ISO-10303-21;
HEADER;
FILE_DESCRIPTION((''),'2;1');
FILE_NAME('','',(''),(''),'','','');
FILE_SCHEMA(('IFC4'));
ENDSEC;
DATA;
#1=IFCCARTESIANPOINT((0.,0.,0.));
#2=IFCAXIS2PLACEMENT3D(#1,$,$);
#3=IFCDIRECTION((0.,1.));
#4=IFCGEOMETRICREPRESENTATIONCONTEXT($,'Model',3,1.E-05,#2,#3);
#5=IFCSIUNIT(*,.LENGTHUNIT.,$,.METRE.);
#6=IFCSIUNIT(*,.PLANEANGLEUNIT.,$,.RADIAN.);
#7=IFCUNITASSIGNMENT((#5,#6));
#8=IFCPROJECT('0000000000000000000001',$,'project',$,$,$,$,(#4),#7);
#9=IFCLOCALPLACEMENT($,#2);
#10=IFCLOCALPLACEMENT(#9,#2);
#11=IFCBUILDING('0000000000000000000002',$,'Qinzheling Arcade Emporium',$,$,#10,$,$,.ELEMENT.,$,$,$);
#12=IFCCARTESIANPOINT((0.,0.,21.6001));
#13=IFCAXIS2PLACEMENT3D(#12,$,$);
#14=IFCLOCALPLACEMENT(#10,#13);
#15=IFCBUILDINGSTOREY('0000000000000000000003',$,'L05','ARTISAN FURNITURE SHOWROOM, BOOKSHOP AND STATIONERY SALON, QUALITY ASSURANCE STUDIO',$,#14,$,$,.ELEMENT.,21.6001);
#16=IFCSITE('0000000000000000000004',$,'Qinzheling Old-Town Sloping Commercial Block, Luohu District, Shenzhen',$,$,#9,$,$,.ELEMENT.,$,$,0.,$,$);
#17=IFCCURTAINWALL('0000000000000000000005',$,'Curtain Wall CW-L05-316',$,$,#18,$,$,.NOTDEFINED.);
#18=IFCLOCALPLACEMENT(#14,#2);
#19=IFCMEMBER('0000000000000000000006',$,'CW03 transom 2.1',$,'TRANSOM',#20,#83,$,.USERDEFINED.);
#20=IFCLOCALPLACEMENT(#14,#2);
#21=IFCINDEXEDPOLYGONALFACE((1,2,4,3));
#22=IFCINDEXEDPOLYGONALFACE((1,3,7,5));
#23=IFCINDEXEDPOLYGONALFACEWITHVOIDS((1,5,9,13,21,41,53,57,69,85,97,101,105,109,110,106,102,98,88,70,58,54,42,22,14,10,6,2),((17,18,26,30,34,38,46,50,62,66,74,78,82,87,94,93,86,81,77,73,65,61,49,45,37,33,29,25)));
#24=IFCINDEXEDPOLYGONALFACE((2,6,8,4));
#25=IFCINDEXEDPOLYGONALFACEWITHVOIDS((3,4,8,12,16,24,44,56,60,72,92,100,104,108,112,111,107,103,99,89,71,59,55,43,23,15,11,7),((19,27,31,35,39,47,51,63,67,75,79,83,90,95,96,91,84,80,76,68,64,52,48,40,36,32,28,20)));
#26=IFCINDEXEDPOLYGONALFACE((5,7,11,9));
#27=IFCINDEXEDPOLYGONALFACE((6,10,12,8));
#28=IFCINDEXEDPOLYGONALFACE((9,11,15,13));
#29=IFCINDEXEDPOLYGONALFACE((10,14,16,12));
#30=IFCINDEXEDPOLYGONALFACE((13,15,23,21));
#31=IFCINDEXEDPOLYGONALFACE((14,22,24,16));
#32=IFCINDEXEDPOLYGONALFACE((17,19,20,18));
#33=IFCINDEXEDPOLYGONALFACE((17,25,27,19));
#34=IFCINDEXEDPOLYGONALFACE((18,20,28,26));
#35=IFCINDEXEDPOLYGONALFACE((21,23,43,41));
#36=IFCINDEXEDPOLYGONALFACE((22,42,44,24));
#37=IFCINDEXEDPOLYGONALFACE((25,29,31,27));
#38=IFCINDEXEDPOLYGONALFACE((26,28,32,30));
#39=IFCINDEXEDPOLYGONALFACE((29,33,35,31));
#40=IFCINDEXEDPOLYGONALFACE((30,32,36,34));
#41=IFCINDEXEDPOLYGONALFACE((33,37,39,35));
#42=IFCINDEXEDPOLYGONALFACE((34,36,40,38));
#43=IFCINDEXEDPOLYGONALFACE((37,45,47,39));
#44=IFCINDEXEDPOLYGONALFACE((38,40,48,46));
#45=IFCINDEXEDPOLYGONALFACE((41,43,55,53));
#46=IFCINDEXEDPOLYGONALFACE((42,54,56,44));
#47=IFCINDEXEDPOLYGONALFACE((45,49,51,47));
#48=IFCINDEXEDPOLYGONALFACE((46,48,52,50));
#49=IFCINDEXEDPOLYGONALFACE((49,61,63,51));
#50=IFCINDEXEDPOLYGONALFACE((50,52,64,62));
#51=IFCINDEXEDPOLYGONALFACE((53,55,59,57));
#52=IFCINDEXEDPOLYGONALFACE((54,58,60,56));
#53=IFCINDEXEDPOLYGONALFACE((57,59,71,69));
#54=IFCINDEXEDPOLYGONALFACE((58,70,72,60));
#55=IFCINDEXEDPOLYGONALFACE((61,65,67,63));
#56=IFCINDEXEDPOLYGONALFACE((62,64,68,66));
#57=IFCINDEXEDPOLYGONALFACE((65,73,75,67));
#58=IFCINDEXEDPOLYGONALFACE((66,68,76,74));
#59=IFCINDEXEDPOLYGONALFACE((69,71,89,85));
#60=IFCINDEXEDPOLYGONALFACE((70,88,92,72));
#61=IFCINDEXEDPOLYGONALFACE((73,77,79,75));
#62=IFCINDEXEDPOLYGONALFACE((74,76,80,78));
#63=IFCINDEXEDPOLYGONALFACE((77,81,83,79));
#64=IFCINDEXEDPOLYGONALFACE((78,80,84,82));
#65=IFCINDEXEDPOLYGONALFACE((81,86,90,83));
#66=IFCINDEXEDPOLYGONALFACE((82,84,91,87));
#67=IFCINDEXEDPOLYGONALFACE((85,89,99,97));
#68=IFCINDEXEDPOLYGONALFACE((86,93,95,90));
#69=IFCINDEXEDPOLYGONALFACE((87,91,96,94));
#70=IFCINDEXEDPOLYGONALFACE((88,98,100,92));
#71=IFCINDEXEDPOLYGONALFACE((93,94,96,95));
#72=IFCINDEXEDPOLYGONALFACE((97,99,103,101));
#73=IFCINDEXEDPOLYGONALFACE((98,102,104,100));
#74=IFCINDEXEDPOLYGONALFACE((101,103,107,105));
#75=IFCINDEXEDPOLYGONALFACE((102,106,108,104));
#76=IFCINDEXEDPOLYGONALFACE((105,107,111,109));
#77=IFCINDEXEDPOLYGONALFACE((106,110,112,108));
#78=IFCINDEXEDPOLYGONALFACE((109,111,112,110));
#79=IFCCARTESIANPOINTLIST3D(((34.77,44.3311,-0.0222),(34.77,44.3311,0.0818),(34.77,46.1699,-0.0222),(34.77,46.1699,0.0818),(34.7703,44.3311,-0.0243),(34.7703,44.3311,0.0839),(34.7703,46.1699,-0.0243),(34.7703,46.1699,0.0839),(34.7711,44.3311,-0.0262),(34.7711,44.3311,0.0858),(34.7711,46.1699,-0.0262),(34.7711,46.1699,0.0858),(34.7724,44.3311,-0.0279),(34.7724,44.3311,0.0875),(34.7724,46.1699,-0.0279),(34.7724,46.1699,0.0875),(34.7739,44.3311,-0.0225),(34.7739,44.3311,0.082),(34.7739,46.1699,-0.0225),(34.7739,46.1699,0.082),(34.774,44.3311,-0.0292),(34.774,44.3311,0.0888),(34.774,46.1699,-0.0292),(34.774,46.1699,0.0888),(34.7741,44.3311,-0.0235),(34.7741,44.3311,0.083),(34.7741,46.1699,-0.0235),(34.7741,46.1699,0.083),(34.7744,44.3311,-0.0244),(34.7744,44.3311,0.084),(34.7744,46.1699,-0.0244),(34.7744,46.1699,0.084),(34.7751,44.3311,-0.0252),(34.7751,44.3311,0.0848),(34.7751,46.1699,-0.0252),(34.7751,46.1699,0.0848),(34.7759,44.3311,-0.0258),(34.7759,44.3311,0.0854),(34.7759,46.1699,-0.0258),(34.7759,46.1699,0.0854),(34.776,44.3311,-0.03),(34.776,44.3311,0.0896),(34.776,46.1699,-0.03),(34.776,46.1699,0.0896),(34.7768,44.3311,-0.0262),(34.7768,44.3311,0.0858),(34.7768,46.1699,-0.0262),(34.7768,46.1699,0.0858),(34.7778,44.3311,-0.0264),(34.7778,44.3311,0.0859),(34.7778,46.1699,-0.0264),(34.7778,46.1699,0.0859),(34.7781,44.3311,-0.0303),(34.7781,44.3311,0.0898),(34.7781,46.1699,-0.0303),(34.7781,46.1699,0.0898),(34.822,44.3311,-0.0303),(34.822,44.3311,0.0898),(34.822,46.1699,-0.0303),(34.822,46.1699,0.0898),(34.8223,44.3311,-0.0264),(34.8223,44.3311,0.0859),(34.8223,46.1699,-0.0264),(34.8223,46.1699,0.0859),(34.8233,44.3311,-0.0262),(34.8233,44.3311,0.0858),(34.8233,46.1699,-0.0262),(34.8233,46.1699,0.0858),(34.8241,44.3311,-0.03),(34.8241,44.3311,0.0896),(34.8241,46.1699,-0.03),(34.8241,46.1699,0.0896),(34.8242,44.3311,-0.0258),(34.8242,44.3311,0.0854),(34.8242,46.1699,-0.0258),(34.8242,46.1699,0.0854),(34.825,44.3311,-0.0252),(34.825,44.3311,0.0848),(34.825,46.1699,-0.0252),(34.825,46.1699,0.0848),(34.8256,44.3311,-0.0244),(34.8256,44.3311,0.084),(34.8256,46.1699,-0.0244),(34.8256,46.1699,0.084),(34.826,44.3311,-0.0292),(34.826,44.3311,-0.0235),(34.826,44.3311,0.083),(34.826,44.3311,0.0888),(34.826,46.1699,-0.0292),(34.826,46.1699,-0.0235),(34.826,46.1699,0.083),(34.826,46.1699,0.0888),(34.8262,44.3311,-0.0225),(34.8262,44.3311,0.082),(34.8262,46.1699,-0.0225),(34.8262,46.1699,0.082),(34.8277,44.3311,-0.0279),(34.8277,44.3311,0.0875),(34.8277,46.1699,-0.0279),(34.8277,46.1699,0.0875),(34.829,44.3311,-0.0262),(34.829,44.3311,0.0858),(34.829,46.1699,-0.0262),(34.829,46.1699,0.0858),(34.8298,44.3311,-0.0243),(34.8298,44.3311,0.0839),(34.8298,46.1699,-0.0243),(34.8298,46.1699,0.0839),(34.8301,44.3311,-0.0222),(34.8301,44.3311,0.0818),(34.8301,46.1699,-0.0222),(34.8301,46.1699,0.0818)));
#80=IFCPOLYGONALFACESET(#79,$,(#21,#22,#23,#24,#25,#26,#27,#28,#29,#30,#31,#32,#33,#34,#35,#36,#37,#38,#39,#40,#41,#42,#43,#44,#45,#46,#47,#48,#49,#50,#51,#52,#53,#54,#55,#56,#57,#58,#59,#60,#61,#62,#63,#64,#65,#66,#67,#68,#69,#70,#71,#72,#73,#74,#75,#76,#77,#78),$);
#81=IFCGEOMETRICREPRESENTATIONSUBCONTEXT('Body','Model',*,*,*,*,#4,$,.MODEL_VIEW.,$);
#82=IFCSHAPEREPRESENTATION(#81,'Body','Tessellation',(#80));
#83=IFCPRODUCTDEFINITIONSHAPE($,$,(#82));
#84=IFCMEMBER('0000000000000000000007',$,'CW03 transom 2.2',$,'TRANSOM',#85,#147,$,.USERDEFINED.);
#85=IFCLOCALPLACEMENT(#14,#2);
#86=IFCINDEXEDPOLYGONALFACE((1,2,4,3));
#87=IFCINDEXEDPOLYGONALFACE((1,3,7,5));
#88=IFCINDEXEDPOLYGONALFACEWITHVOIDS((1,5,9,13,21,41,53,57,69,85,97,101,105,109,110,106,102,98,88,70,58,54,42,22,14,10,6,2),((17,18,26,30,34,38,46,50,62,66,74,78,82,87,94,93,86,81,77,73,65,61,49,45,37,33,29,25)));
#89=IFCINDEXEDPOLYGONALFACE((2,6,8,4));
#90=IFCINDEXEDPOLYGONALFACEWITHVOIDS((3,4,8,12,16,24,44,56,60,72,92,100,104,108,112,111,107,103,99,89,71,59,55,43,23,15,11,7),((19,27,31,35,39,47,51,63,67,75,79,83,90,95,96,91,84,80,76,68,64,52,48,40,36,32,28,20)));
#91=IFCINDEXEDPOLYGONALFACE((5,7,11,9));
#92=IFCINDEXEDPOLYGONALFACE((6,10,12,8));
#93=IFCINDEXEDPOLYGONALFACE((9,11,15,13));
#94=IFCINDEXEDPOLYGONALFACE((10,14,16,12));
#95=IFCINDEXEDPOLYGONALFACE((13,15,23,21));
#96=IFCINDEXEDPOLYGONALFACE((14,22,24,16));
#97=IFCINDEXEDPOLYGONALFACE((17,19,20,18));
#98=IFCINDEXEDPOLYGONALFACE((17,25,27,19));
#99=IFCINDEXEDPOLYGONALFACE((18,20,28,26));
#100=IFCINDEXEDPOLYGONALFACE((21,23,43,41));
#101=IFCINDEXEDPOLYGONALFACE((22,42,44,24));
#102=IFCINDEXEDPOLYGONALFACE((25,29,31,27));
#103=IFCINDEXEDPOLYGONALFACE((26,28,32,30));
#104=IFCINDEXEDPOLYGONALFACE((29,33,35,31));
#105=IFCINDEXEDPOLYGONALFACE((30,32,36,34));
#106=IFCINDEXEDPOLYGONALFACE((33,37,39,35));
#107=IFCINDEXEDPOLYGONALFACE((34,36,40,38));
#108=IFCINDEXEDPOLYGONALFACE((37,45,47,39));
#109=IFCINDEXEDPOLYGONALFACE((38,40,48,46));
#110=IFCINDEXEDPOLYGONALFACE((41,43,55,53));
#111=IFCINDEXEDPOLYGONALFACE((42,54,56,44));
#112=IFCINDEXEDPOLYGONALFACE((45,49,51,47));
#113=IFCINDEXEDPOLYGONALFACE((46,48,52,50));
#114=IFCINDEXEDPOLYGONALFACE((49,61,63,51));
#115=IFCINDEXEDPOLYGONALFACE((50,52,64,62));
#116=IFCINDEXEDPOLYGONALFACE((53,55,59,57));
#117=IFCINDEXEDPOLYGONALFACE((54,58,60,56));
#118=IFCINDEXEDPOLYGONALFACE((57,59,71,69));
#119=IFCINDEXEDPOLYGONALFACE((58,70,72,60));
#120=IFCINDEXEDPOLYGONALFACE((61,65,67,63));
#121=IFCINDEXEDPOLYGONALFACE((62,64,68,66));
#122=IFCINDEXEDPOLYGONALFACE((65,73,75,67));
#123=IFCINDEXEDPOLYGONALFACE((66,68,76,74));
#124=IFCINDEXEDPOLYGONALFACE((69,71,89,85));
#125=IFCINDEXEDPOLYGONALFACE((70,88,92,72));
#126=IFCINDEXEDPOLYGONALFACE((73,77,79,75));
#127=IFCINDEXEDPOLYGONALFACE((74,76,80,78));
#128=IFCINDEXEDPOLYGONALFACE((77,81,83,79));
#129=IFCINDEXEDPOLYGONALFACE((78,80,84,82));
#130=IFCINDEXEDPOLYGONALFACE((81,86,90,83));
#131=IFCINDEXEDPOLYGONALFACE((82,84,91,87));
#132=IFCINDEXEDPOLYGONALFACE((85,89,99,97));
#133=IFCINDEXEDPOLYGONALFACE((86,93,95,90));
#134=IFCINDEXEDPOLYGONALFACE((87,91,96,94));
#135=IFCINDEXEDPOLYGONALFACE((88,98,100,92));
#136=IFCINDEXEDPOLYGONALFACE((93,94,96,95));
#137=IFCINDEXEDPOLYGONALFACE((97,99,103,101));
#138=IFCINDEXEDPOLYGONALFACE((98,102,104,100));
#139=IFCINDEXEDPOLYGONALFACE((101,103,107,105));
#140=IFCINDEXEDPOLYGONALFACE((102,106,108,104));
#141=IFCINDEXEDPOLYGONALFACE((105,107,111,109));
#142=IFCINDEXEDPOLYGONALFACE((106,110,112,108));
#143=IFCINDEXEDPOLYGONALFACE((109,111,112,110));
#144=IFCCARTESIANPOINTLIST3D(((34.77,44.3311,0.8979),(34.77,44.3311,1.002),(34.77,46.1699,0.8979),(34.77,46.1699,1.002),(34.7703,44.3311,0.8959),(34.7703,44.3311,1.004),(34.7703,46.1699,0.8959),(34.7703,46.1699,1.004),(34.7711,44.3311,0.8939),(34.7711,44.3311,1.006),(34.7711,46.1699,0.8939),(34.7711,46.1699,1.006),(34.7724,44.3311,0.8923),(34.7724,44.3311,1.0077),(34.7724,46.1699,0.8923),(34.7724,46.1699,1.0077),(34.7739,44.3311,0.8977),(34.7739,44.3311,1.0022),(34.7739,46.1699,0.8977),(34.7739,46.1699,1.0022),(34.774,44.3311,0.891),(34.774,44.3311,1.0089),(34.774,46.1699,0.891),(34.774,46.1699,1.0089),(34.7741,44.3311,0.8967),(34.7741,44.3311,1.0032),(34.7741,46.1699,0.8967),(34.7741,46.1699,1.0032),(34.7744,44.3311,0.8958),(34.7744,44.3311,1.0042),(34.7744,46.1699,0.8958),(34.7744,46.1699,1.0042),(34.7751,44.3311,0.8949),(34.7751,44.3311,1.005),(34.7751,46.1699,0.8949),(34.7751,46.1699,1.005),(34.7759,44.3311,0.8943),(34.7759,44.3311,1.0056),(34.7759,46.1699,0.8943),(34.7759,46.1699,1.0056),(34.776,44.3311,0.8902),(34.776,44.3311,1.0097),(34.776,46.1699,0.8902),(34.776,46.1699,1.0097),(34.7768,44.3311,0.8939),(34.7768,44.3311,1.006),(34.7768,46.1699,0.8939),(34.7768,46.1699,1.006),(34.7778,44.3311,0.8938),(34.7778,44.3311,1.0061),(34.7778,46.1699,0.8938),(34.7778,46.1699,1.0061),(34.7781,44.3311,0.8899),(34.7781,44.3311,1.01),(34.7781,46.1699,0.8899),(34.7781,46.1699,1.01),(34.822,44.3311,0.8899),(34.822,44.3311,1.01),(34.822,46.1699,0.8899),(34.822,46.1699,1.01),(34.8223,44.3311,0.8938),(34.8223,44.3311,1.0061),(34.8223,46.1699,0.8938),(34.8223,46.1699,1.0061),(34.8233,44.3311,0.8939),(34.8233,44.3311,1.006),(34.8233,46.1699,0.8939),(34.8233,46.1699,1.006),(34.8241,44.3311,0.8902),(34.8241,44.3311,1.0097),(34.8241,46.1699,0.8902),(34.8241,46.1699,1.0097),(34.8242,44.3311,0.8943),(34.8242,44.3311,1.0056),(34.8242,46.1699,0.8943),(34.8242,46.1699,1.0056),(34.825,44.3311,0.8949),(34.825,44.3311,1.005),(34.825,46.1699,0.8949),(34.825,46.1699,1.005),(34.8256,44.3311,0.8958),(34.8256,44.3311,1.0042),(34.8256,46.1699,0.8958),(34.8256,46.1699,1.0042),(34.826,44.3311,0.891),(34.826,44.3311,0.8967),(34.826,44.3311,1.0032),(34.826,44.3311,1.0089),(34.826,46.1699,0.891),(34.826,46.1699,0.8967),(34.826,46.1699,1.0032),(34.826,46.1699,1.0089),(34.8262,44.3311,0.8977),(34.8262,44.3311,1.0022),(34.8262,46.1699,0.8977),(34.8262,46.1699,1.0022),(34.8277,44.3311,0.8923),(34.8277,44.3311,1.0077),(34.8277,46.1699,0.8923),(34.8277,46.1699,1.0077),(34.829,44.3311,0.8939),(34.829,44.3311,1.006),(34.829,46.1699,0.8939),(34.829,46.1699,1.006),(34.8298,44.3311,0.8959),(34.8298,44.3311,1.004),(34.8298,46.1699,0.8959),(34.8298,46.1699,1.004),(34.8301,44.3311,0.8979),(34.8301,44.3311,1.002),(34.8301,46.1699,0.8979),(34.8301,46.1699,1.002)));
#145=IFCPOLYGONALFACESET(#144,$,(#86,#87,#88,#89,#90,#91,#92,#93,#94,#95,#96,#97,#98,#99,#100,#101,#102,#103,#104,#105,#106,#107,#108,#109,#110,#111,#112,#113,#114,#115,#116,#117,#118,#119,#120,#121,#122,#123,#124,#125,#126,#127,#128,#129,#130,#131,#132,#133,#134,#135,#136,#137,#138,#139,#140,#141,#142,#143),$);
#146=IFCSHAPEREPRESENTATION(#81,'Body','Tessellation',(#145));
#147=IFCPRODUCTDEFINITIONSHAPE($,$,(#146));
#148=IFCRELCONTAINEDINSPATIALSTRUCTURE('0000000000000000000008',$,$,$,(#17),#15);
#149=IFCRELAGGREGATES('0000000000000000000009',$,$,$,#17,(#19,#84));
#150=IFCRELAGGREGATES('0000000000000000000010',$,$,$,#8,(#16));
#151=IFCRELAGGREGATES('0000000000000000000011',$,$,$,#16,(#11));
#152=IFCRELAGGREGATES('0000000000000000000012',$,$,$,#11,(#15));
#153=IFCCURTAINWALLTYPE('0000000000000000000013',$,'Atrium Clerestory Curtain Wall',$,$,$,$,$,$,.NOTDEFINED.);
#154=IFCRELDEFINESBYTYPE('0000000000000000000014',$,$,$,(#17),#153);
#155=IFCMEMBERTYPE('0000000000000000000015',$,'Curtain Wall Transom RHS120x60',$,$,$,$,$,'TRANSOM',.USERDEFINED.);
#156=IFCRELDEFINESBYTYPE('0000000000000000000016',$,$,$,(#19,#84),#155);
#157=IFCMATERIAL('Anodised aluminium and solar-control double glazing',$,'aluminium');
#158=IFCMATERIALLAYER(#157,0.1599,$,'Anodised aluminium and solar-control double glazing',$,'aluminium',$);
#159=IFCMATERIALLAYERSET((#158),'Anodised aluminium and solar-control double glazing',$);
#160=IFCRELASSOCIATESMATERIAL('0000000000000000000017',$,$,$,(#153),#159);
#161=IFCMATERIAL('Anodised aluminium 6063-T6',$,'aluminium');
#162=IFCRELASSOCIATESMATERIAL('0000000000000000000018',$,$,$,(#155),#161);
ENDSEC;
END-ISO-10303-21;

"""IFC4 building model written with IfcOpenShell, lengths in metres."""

from ifc_helpers import new_model, si_unit, direction, frame, origin, origin_2d, place, context, subcontext, project, spatial, hollow_rectangle, extrude, material, layer, layer_set, material_profile, profile_set, type_object, element, aggregate, save


model = new_model("IFC4")

# Units and contexts
model_context = context("Model", 3, precision=1e-05, world=origin(), true_north=direction((0.0, 1.0)))
body_context = subcontext(model_context, "Body", "Model", "MODEL_VIEW")
ifc_project = project(units=[si_unit("LENGTHUNIT", "METRE"), si_unit("PLANEANGLEUNIT", "RADIAN")], contexts=[model_context])

# Site, building, storey
site_placement = place(None, origin())
site = spatial("IfcSite", under=ifc_project, at=site_placement, Name="Qinzheling Old-Town Sloping Commercial Block, Luohu District, Shenzhen", CompositionType="ELEMENT", RefElevation=0.0)
building_placement = place(site_placement, origin())
building = spatial("IfcBuilding", under=site, at=building_placement, Name="Qinzheling Arcade Emporium", CompositionType="ELEMENT")
storey_placement = place(building_placement, frame((0.0, 0.0, 21.6001)))
storey = spatial("IfcBuildingStorey", under=building, at=storey_placement, Name="L05", Description="ARTISAN FURNITURE SHOWROOM, BOOKSHOP AND STATIONERY SALON, QUALITY ASSURANCE STUDIO", CompositionType="ELEMENT", Elevation=21.6001)

# Curtain wall
ifc_material_1 = material(Name="Anodised aluminium and solar-control double glazing", Category="aluminium")
ifc_layer_1 = layer(ifc_material_1, 0.1599, Name="Anodised aluminium and solar-control double glazing", Category="aluminium")
ifc_layer_set_1 = layer_set([ifc_layer_1], Name="Anodised aluminium and solar-control double glazing")
curtain_wall_type = type_object("IfcCurtainWallType", Name="Atrium Clerestory Curtain Wall", PredefinedType="NOTDEFINED", material=ifc_layer_set_1)
ifc_material_2 = material(Name="Anodised aluminium 6063-T6", Category="aluminium")
curtain_wall_1_placement = place(storey_placement, origin())
curtain_wall_1 = element("IfcCurtainWall", 1, at=curtain_wall_1_placement, inside=storey, type_object=curtain_wall_type, Name="Curtain Wall CW-L05-316", PredefinedType="NOTDEFINED")

# Members
ifc_material_profile_1 = material_profile(ifc_material_2, hollow_rectangle(XDim=0.0601, YDim=0.1201, WallThickness=0.0039, InnerFilletRadius=0.0039, OuterFilletRadius=0.0081, at=origin_2d()), Name="RHS 120x60x4", Category="aluminium")
ifc_profile_set_1 = profile_set([ifc_material_profile_1], Name="Anodised aluminium 6063-T6")
member_type_1 = type_object("IfcMemberType", Name="Curtain Wall Transom RHS120x60", ElementType="TRANSOM", PredefinedType="USERDEFINED", material=ifc_profile_set_1)
member_1_placement = place(storey_placement, frame((34.8, 44.3311, 0.0298), z_axis=(0.0, 1.0, 0.0), x_axis=(-1.0, 0.0, 0.0)))
member_1 = element("IfcMember", 2, at=member_1_placement, type_object=member_type_1, Name="CW03 transom 2.1", ObjectType="TRANSOM", PredefinedType="USERDEFINED", context=body_context, shape_type="SweptSolid", body=[
    extrude(hollow_rectangle(XDim=0.0601, YDim=0.1201, WallThickness=0.0039, InnerFilletRadius=0.0039, OuterFilletRadius=0.0081, at=origin_2d()), origin(), (0.0, 0.0, 1.0), 1.8389),
])
member_2_placement = place(storey_placement, frame((34.8, 44.3311, 0.95), z_axis=(0.0, 1.0, 0.0), x_axis=(-1.0, 0.0, 0.0)))
member_2 = element("IfcMember", 3, at=member_2_placement, type_object=member_type_1, Name="CW03 transom 2.2", ObjectType="TRANSOM", PredefinedType="USERDEFINED", context=body_context, shape_type="SweptSolid", body=[
    extrude(hollow_rectangle(XDim=0.0601, YDim=0.1201, WallThickness=0.0039, InnerFilletRadius=0.0039, OuterFilletRadius=0.0081, at=origin_2d()), origin(), (0.0, 0.0, 1.0), 1.8389),
])

aggregate(curtain_wall_1, [member_1, member_2])

save(model, "model.ifc")
